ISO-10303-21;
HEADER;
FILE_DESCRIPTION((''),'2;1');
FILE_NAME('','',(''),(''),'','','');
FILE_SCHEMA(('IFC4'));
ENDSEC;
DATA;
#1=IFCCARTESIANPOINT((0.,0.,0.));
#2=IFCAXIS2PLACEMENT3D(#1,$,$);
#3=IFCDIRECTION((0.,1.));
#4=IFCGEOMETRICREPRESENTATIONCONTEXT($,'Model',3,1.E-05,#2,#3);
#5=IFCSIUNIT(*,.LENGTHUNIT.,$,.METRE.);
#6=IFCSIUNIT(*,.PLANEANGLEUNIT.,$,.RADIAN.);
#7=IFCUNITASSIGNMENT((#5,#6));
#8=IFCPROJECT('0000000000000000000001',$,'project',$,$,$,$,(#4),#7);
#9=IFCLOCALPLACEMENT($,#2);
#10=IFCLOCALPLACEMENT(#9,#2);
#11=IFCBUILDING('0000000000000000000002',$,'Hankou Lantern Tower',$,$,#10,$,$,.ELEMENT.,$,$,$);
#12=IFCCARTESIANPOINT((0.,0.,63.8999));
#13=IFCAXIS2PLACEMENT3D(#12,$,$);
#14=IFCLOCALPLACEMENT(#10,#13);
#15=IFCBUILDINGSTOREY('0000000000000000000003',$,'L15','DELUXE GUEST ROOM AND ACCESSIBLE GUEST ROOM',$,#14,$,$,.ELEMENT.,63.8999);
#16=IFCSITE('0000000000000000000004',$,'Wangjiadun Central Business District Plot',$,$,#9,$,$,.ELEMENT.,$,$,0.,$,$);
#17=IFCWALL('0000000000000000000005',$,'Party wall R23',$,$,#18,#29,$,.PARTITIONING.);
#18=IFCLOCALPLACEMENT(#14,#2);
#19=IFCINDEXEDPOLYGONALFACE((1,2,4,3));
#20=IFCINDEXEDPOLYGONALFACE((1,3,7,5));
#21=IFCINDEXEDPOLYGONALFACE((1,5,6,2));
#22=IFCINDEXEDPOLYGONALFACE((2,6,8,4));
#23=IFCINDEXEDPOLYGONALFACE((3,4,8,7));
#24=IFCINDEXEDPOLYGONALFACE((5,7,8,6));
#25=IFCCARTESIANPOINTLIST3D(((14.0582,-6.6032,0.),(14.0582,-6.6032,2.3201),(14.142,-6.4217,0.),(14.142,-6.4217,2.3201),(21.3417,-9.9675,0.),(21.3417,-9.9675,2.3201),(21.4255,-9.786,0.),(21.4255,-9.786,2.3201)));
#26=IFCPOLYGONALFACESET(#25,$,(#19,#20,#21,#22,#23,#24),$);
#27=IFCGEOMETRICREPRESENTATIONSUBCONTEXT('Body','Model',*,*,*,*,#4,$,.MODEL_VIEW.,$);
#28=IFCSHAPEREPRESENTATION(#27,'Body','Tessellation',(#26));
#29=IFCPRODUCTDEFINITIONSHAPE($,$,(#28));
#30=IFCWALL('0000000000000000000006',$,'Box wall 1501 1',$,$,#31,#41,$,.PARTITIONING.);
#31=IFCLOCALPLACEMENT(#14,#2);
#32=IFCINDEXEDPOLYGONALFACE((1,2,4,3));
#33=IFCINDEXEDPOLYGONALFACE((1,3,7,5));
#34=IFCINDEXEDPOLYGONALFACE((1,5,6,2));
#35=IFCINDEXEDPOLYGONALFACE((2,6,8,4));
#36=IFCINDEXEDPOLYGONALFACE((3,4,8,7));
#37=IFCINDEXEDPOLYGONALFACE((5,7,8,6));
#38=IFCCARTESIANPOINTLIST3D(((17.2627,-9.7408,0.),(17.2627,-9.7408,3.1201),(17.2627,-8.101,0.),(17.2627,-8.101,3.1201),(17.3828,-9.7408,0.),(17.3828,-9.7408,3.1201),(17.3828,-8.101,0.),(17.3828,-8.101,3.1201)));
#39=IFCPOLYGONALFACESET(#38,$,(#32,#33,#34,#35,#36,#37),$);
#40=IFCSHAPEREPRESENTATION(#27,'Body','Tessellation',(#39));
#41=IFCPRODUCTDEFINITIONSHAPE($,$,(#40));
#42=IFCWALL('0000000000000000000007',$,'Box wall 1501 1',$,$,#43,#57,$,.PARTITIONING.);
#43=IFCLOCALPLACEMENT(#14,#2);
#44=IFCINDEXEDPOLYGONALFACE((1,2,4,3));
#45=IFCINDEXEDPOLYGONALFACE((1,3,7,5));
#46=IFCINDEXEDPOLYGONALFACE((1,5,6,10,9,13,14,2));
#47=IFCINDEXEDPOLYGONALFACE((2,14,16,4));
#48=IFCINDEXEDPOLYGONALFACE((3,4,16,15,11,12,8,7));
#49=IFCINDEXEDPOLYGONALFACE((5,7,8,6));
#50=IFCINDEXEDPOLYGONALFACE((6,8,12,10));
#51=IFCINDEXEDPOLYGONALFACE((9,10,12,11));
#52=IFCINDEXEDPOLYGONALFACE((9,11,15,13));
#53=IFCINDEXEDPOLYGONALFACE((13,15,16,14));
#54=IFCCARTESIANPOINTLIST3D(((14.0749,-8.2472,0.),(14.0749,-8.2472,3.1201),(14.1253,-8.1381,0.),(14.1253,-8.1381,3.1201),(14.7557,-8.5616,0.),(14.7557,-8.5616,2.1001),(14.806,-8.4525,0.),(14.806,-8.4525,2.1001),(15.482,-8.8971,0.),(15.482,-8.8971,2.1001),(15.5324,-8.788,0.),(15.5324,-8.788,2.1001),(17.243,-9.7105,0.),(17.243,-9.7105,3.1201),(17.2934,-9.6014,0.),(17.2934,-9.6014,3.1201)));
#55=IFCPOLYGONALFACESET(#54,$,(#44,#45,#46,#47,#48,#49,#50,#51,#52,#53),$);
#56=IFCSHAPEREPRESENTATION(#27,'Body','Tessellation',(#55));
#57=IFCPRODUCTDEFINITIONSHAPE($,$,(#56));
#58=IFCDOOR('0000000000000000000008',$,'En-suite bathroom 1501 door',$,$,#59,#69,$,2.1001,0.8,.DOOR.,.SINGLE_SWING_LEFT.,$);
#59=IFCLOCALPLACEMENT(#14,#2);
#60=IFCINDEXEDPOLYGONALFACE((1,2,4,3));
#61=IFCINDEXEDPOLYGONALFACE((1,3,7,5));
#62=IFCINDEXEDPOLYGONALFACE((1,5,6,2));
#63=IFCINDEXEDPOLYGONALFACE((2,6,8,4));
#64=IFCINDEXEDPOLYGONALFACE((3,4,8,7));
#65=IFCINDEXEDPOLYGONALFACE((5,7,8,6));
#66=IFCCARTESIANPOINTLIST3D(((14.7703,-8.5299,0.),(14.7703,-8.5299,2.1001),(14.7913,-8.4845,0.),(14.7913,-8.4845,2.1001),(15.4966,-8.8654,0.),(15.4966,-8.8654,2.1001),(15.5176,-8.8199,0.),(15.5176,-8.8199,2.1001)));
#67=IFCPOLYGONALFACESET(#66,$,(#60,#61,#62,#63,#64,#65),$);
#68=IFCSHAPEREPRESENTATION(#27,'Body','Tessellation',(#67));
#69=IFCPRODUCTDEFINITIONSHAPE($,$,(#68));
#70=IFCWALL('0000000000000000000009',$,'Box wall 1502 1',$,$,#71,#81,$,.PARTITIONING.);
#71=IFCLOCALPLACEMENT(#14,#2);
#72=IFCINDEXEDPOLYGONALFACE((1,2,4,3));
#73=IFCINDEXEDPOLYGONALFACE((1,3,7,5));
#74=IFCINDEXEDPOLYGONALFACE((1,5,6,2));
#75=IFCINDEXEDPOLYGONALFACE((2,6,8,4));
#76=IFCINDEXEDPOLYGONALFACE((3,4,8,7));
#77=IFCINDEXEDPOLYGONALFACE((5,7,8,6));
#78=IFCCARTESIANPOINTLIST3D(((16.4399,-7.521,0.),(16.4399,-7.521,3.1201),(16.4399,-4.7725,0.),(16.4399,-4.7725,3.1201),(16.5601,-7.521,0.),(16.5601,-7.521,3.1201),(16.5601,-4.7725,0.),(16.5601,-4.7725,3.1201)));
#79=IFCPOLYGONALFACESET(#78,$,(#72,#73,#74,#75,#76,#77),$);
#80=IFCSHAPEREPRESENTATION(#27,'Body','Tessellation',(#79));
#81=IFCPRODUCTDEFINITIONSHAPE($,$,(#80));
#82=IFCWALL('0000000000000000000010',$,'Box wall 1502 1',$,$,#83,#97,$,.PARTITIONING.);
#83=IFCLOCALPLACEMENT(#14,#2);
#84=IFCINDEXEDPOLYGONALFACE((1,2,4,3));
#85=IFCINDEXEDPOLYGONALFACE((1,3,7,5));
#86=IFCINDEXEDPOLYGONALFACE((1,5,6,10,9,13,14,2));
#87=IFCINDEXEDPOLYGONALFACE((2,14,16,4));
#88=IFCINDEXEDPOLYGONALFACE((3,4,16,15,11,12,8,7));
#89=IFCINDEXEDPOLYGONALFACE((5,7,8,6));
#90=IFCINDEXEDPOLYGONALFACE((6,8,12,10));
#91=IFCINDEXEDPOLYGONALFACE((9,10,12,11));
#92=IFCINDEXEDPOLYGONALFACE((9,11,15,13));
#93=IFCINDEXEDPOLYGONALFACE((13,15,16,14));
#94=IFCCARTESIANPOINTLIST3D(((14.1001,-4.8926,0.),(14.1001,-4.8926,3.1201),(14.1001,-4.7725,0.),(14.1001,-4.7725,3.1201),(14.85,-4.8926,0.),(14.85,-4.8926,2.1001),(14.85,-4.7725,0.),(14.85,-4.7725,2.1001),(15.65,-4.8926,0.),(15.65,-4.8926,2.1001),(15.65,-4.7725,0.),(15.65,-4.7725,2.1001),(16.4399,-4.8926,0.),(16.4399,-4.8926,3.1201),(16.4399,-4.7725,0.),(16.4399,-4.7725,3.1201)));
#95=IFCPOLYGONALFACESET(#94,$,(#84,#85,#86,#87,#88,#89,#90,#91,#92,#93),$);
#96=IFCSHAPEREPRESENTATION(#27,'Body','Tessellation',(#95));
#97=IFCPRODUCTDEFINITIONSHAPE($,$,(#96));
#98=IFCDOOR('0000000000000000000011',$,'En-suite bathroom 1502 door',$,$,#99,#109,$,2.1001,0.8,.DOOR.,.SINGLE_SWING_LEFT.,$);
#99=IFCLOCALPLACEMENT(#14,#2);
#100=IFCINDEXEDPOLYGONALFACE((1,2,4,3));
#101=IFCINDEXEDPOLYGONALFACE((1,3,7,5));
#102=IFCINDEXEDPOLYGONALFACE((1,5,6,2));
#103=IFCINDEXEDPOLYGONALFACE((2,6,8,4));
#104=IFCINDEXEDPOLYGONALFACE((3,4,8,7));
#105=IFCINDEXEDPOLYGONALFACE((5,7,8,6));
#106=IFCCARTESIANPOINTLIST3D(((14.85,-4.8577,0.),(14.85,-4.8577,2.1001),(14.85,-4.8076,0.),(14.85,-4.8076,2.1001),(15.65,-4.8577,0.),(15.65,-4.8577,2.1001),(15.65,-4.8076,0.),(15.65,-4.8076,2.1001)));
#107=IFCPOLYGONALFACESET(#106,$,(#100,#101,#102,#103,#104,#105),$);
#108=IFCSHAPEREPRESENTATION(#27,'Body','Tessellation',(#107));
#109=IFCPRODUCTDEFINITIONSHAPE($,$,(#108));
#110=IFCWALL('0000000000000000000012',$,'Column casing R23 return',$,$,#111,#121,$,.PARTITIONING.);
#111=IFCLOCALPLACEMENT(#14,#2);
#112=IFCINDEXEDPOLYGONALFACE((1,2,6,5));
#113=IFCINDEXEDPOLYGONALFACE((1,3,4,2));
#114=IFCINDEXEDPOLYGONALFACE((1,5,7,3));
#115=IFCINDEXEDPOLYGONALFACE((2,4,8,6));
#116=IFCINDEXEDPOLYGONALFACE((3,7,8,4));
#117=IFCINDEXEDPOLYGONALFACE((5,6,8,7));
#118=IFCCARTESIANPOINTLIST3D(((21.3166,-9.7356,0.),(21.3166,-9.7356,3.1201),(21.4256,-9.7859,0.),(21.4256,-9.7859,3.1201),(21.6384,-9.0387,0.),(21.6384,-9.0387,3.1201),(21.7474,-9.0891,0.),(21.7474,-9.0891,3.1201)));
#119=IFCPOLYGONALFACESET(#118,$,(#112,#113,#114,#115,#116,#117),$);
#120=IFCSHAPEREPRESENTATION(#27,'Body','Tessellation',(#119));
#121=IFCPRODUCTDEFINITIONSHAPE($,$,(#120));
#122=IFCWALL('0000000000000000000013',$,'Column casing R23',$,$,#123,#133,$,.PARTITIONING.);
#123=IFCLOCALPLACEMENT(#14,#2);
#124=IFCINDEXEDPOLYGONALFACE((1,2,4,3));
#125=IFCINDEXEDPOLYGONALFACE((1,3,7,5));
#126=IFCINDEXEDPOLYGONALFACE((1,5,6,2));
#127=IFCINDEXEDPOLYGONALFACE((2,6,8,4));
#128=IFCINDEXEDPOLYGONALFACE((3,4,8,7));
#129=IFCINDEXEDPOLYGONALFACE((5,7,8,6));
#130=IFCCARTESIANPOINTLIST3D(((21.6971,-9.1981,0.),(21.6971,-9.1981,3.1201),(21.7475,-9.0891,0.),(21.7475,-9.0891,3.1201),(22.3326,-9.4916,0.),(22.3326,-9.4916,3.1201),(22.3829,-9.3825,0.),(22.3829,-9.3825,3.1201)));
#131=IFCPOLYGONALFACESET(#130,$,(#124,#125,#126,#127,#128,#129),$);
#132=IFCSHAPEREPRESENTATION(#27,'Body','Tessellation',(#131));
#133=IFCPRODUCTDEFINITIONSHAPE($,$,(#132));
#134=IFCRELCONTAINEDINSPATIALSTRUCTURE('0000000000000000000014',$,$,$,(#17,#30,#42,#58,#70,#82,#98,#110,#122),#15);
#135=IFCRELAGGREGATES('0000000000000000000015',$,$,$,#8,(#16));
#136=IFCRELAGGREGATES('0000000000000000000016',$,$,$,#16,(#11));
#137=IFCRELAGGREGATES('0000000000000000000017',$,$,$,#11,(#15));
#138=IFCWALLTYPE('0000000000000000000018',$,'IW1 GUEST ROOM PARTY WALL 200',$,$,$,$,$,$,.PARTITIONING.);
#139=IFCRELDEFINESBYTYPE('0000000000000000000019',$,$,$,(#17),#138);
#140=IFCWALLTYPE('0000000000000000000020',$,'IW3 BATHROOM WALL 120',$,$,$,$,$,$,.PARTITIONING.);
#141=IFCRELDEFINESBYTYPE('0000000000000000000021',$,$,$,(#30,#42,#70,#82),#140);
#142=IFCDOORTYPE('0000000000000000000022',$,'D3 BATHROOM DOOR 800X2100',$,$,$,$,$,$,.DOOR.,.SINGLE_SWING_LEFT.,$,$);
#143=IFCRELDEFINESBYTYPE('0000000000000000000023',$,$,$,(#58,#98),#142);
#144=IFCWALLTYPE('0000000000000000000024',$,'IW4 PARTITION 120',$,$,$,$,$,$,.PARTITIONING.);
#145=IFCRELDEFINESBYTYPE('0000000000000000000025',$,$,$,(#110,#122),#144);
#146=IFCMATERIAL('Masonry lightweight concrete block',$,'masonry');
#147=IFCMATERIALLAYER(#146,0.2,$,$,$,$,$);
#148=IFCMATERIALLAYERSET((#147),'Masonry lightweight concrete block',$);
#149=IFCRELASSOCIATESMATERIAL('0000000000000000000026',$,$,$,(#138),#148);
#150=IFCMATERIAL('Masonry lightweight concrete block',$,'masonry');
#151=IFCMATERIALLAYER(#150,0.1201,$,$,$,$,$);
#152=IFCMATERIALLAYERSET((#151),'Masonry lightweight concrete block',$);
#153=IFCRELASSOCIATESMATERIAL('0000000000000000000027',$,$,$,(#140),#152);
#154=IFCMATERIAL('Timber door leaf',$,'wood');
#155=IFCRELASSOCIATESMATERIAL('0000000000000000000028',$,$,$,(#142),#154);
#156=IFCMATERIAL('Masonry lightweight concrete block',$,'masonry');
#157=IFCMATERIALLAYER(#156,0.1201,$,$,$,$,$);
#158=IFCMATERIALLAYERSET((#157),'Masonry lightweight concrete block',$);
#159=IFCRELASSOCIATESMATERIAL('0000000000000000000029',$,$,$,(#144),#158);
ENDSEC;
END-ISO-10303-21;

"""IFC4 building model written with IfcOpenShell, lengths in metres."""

from ifc_helpers import new_model, si_unit, direction, frame, frame_2d, origin, place, context, subcontext, project, spatial, rectangle, extrude, material, layer, layer_set, type_object, element, fill, save


model = new_model("IFC4")

# Units and contexts
model_context = context("Model", 3, precision=1e-05, world=origin(), true_north=direction((0.0, 1.0)))
body_context = subcontext(model_context, "Body", "Model", "MODEL_VIEW")
ifc_project = project(units=[si_unit("LENGTHUNIT", "METRE"), si_unit("PLANEANGLEUNIT", "RADIAN")], contexts=[model_context])

# Site, building, storey
site_placement = place(None, origin())
site = spatial("IfcSite", under=ifc_project, at=site_placement, Name="Wangjiadun Central Business District Plot", CompositionType="ELEMENT", RefElevation=0.0)
building_placement = place(site_placement, origin())
building = spatial("IfcBuilding", under=site, at=building_placement, Name="Hankou Lantern Tower", CompositionType="ELEMENT")
storey_placement = place(building_placement, frame((0.0, 0.0, 63.8999)))
storey = spatial("IfcBuildingStorey", under=building, at=storey_placement, Name="L15", Description="DELUXE GUEST ROOM AND ACCESSIBLE GUEST ROOM", CompositionType="ELEMENT", Elevation=63.8999)

# Walls
ifc_material_1 = material(Name="Masonry lightweight concrete block", Category="masonry")
ifc_layer_1 = layer(ifc_material_1, 0.2)
ifc_layer_set_1 = layer_set([ifc_layer_1], Name="Masonry lightweight concrete block")
wall_type_1 = type_object("IfcWallType", Name="IW1 GUEST ROOM PARTY WALL 200", PredefinedType="PARTITIONING", material=ifc_layer_set_1)
wall_1_placement = place(storey_placement, frame((14.1001, -6.5125, 0.0), z_axis=(0.0, 0.0, 1.0), x_axis=(0.907833, -0.419332, 0.0)))
element("IfcWall", 1, at=wall_1_placement, inside=storey, type_object=wall_type_1, Name="Party wall R23", PredefinedType="PARTITIONING", context=body_context, shape_type="SweptSolid", body=[
    extrude(rectangle(XDim=8.0229, YDim=0.2, at=frame_2d((4.0115, 0.0))), origin(), (0.0, 0.0, 1.0), 2.3201),
])
ifc_material_2 = material(Name="Masonry lightweight concrete block", Category="masonry")
ifc_layer_2 = layer(ifc_material_2, 0.1201)
ifc_layer_set_2 = layer_set([ifc_layer_2], Name="Masonry lightweight concrete block")
wall_type_2 = type_object("IfcWallType", Name="IW3 BATHROOM WALL 120", PredefinedType="PARTITIONING", material=ifc_layer_set_2)
wall_2_placement = place(storey_placement, frame((17.3228, -8.1011, 0.0), z_axis=(0.0, 0.0, 1.0), x_axis=(0.0, -1.0, 0.0)))
element("IfcWall", 2, at=wall_2_placement, inside=storey, type_object=wall_type_2, Name="Box wall 1501 1", PredefinedType="PARTITIONING", context=body_context, shape_type="SweptSolid", body=[
    extrude(rectangle(XDim=1.6399, YDim=0.1201, at=frame_2d((0.8198, 0.0))), origin(), (0.0, 0.0, 1.0), 3.1201),
])

# Wall, opening, door
wall_3_placement = place(storey_placement, frame((14.1001, -8.1926, 0.0), z_axis=(0.0, 0.0, 1.0), x_axis=(0.907836, -0.419324, 0.0)))
wall_3 = element("IfcWall", 3, at=wall_3_placement, inside=storey, type_object=wall_type_2, Name="Box wall 1501 1", PredefinedType="PARTITIONING", context=body_context, shape_type="SweptSolid", body=[
    extrude(rectangle(XDim=3.4897, YDim=0.1201, at=frame_2d((1.7449, 0.0))), origin(), (0.0, 0.0, 1.0), 3.1201),
])
opening_1_placement = place(wall_3_placement, frame((0.75, 0.0, 0.0)))
opening_1 = element("IfcOpeningElement", 4, at=opening_1_placement, cuts=wall_3, PredefinedType="OPENING", context=body_context, shape_type="SweptSolid", body=[
    extrude(rectangle(XDim=0.8, YDim=2.1001, at=frame_2d((0.3999, 1.05))), frame((0.0, 0.0701, 0.0), z_axis=(0.0, -1.0, 0.0), x_axis=(1.0, 0.0, 0.0)), (0.0, 0.0, 1.0), 0.1401),
])
ifc_material_3 = material(Name="Timber door leaf", Category="wood")
door_type = type_object("IfcDoorType", Name="D3 BATHROOM DOOR 800X2100", OperationType="SINGLE_SWING_LEFT", PredefinedType="DOOR", material=ifc_material_3)
door_1_placement = place(opening_1_placement, origin())
door_1 = element("IfcDoor", 5, at=door_1_placement, inside=storey, type_object=door_type, Name="En-suite bathroom 1501 door", OperationType="SINGLE_SWING_LEFT", OverallHeight=2.1001, OverallWidth=0.8, PredefinedType="DOOR", context=body_context, shape_type="SweptSolid", body=[
    extrude(rectangle(XDim=0.8, YDim=2.1001, at=frame_2d((0.3999, 1.05))), frame((0.0, 0.0249, 0.0), z_axis=(0.0, -1.0, 0.0), x_axis=(1.0, 0.0, 0.0)), (0.0, 0.0, 1.0), 0.05),
])
fill(opening_1, door_1)

# Wall
wall_4_placement = place(storey_placement, frame((16.5, -7.521, 0.0), z_axis=(0.0, 0.0, 1.0), x_axis=(0.0, 1.0, 0.0)))
element("IfcWall", 6, at=wall_4_placement, inside=storey, type_object=wall_type_2, Name="Box wall 1502 1", PredefinedType="PARTITIONING", context=body_context, shape_type="SweptSolid", body=[
    extrude(rectangle(XDim=2.7485, YDim=0.1201, at=frame_2d((1.3743, 0.0))), origin(), (0.0, 0.0, 1.0), 3.1201),
])

# Wall, opening, door
wall_5_placement = place(storey_placement, frame((14.1001, -4.8325, 0.0), z_axis=(0.0, 0.0, 1.0), x_axis=(1.0, 0.0, 0.0)))
wall_5 = element("IfcWall", 7, at=wall_5_placement, inside=storey, type_object=wall_type_2, Name="Box wall 1502 1", PredefinedType="PARTITIONING", context=body_context, shape_type="SweptSolid", body=[
    extrude(rectangle(XDim=2.3398, YDim=0.1201, at=frame_2d((1.1699, 0.0))), origin(), (0.0, 0.0, 1.0), 3.1201),
])
opening_2_placement = place(wall_5_placement, frame((0.75, 0.0, 0.0)))
opening_2 = element("IfcOpeningElement", 8, at=opening_2_placement, cuts=wall_5, PredefinedType="OPENING", context=body_context, shape_type="SweptSolid", body=[
    extrude(rectangle(XDim=0.8, YDim=2.1001, at=frame_2d((0.3999, 1.05))), frame((0.0, 0.0701, 0.0), z_axis=(0.0, -1.0, 0.0), x_axis=(1.0, 0.0, 0.0)), (0.0, 0.0, 1.0), 0.1401),
])
door_2_placement = place(opening_2_placement, origin())
door_2 = element("IfcDoor", 9, at=door_2_placement, inside=storey, type_object=door_type, Name="En-suite bathroom 1502 door", OperationType="SINGLE_SWING_LEFT", OverallHeight=2.1001, OverallWidth=0.8, PredefinedType="DOOR", context=body_context, shape_type="SweptSolid", body=[
    extrude(rectangle(XDim=0.8, YDim=2.1001, at=frame_2d((0.3999, 1.05))), frame((0.0, 0.0249, 0.0), z_axis=(0.0, -1.0, 0.0), x_axis=(1.0, 0.0, 0.0)), (0.0, 0.0, 1.0), 0.05),
])
fill(opening_2, door_2)

# Walls
ifc_material_4 = material(Name="Masonry lightweight concrete block", Category="masonry")
ifc_layer_3 = layer(ifc_material_4, 0.1201)
ifc_layer_set_3 = layer_set([ifc_layer_3], Name="Masonry lightweight concrete block")
wall_type_3 = type_object("IfcWallType", Name="IW4 PARTITION 120", PredefinedType="PARTITIONING", material=ifc_layer_set_3)
wall_6_placement = place(storey_placement, frame((21.3711, -9.7607, 0.0), z_axis=(0.0, 0.0, 1.0), x_axis=(0.41926, 0.907866, 0.0)))
element("IfcWall", 10, at=wall_6_placement, inside=storey, type_object=wall_type_3, Name="Column casing R23 return", PredefinedType="PARTITIONING", context=body_context, shape_type="SweptSolid", body=[
    extrude(rectangle(XDim=0.7676, YDim=0.1201, at=frame_2d((0.3838, 0.0))), origin(), (0.0, 0.0, 1.0), 3.1201),
])
wall_7_placement = place(storey_placement, frame((21.7222, -9.1436, 0.0), z_axis=(0.0, 0.0, 1.0), x_axis=(0.907878, -0.419235, 0.0)))
element("IfcWall", 11, at=wall_7_placement, inside=storey, type_object=wall_type_3, Name="Column casing R23", PredefinedType="PARTITIONING", context=body_context, shape_type="SweptSolid", body=[
    extrude(rectangle(XDim=0.7, YDim=0.1201, at=frame_2d((0.3501, 0.0))), origin(), (0.0, 0.0, 1.0), 3.1201),
])

save(model, "model.ifc")
